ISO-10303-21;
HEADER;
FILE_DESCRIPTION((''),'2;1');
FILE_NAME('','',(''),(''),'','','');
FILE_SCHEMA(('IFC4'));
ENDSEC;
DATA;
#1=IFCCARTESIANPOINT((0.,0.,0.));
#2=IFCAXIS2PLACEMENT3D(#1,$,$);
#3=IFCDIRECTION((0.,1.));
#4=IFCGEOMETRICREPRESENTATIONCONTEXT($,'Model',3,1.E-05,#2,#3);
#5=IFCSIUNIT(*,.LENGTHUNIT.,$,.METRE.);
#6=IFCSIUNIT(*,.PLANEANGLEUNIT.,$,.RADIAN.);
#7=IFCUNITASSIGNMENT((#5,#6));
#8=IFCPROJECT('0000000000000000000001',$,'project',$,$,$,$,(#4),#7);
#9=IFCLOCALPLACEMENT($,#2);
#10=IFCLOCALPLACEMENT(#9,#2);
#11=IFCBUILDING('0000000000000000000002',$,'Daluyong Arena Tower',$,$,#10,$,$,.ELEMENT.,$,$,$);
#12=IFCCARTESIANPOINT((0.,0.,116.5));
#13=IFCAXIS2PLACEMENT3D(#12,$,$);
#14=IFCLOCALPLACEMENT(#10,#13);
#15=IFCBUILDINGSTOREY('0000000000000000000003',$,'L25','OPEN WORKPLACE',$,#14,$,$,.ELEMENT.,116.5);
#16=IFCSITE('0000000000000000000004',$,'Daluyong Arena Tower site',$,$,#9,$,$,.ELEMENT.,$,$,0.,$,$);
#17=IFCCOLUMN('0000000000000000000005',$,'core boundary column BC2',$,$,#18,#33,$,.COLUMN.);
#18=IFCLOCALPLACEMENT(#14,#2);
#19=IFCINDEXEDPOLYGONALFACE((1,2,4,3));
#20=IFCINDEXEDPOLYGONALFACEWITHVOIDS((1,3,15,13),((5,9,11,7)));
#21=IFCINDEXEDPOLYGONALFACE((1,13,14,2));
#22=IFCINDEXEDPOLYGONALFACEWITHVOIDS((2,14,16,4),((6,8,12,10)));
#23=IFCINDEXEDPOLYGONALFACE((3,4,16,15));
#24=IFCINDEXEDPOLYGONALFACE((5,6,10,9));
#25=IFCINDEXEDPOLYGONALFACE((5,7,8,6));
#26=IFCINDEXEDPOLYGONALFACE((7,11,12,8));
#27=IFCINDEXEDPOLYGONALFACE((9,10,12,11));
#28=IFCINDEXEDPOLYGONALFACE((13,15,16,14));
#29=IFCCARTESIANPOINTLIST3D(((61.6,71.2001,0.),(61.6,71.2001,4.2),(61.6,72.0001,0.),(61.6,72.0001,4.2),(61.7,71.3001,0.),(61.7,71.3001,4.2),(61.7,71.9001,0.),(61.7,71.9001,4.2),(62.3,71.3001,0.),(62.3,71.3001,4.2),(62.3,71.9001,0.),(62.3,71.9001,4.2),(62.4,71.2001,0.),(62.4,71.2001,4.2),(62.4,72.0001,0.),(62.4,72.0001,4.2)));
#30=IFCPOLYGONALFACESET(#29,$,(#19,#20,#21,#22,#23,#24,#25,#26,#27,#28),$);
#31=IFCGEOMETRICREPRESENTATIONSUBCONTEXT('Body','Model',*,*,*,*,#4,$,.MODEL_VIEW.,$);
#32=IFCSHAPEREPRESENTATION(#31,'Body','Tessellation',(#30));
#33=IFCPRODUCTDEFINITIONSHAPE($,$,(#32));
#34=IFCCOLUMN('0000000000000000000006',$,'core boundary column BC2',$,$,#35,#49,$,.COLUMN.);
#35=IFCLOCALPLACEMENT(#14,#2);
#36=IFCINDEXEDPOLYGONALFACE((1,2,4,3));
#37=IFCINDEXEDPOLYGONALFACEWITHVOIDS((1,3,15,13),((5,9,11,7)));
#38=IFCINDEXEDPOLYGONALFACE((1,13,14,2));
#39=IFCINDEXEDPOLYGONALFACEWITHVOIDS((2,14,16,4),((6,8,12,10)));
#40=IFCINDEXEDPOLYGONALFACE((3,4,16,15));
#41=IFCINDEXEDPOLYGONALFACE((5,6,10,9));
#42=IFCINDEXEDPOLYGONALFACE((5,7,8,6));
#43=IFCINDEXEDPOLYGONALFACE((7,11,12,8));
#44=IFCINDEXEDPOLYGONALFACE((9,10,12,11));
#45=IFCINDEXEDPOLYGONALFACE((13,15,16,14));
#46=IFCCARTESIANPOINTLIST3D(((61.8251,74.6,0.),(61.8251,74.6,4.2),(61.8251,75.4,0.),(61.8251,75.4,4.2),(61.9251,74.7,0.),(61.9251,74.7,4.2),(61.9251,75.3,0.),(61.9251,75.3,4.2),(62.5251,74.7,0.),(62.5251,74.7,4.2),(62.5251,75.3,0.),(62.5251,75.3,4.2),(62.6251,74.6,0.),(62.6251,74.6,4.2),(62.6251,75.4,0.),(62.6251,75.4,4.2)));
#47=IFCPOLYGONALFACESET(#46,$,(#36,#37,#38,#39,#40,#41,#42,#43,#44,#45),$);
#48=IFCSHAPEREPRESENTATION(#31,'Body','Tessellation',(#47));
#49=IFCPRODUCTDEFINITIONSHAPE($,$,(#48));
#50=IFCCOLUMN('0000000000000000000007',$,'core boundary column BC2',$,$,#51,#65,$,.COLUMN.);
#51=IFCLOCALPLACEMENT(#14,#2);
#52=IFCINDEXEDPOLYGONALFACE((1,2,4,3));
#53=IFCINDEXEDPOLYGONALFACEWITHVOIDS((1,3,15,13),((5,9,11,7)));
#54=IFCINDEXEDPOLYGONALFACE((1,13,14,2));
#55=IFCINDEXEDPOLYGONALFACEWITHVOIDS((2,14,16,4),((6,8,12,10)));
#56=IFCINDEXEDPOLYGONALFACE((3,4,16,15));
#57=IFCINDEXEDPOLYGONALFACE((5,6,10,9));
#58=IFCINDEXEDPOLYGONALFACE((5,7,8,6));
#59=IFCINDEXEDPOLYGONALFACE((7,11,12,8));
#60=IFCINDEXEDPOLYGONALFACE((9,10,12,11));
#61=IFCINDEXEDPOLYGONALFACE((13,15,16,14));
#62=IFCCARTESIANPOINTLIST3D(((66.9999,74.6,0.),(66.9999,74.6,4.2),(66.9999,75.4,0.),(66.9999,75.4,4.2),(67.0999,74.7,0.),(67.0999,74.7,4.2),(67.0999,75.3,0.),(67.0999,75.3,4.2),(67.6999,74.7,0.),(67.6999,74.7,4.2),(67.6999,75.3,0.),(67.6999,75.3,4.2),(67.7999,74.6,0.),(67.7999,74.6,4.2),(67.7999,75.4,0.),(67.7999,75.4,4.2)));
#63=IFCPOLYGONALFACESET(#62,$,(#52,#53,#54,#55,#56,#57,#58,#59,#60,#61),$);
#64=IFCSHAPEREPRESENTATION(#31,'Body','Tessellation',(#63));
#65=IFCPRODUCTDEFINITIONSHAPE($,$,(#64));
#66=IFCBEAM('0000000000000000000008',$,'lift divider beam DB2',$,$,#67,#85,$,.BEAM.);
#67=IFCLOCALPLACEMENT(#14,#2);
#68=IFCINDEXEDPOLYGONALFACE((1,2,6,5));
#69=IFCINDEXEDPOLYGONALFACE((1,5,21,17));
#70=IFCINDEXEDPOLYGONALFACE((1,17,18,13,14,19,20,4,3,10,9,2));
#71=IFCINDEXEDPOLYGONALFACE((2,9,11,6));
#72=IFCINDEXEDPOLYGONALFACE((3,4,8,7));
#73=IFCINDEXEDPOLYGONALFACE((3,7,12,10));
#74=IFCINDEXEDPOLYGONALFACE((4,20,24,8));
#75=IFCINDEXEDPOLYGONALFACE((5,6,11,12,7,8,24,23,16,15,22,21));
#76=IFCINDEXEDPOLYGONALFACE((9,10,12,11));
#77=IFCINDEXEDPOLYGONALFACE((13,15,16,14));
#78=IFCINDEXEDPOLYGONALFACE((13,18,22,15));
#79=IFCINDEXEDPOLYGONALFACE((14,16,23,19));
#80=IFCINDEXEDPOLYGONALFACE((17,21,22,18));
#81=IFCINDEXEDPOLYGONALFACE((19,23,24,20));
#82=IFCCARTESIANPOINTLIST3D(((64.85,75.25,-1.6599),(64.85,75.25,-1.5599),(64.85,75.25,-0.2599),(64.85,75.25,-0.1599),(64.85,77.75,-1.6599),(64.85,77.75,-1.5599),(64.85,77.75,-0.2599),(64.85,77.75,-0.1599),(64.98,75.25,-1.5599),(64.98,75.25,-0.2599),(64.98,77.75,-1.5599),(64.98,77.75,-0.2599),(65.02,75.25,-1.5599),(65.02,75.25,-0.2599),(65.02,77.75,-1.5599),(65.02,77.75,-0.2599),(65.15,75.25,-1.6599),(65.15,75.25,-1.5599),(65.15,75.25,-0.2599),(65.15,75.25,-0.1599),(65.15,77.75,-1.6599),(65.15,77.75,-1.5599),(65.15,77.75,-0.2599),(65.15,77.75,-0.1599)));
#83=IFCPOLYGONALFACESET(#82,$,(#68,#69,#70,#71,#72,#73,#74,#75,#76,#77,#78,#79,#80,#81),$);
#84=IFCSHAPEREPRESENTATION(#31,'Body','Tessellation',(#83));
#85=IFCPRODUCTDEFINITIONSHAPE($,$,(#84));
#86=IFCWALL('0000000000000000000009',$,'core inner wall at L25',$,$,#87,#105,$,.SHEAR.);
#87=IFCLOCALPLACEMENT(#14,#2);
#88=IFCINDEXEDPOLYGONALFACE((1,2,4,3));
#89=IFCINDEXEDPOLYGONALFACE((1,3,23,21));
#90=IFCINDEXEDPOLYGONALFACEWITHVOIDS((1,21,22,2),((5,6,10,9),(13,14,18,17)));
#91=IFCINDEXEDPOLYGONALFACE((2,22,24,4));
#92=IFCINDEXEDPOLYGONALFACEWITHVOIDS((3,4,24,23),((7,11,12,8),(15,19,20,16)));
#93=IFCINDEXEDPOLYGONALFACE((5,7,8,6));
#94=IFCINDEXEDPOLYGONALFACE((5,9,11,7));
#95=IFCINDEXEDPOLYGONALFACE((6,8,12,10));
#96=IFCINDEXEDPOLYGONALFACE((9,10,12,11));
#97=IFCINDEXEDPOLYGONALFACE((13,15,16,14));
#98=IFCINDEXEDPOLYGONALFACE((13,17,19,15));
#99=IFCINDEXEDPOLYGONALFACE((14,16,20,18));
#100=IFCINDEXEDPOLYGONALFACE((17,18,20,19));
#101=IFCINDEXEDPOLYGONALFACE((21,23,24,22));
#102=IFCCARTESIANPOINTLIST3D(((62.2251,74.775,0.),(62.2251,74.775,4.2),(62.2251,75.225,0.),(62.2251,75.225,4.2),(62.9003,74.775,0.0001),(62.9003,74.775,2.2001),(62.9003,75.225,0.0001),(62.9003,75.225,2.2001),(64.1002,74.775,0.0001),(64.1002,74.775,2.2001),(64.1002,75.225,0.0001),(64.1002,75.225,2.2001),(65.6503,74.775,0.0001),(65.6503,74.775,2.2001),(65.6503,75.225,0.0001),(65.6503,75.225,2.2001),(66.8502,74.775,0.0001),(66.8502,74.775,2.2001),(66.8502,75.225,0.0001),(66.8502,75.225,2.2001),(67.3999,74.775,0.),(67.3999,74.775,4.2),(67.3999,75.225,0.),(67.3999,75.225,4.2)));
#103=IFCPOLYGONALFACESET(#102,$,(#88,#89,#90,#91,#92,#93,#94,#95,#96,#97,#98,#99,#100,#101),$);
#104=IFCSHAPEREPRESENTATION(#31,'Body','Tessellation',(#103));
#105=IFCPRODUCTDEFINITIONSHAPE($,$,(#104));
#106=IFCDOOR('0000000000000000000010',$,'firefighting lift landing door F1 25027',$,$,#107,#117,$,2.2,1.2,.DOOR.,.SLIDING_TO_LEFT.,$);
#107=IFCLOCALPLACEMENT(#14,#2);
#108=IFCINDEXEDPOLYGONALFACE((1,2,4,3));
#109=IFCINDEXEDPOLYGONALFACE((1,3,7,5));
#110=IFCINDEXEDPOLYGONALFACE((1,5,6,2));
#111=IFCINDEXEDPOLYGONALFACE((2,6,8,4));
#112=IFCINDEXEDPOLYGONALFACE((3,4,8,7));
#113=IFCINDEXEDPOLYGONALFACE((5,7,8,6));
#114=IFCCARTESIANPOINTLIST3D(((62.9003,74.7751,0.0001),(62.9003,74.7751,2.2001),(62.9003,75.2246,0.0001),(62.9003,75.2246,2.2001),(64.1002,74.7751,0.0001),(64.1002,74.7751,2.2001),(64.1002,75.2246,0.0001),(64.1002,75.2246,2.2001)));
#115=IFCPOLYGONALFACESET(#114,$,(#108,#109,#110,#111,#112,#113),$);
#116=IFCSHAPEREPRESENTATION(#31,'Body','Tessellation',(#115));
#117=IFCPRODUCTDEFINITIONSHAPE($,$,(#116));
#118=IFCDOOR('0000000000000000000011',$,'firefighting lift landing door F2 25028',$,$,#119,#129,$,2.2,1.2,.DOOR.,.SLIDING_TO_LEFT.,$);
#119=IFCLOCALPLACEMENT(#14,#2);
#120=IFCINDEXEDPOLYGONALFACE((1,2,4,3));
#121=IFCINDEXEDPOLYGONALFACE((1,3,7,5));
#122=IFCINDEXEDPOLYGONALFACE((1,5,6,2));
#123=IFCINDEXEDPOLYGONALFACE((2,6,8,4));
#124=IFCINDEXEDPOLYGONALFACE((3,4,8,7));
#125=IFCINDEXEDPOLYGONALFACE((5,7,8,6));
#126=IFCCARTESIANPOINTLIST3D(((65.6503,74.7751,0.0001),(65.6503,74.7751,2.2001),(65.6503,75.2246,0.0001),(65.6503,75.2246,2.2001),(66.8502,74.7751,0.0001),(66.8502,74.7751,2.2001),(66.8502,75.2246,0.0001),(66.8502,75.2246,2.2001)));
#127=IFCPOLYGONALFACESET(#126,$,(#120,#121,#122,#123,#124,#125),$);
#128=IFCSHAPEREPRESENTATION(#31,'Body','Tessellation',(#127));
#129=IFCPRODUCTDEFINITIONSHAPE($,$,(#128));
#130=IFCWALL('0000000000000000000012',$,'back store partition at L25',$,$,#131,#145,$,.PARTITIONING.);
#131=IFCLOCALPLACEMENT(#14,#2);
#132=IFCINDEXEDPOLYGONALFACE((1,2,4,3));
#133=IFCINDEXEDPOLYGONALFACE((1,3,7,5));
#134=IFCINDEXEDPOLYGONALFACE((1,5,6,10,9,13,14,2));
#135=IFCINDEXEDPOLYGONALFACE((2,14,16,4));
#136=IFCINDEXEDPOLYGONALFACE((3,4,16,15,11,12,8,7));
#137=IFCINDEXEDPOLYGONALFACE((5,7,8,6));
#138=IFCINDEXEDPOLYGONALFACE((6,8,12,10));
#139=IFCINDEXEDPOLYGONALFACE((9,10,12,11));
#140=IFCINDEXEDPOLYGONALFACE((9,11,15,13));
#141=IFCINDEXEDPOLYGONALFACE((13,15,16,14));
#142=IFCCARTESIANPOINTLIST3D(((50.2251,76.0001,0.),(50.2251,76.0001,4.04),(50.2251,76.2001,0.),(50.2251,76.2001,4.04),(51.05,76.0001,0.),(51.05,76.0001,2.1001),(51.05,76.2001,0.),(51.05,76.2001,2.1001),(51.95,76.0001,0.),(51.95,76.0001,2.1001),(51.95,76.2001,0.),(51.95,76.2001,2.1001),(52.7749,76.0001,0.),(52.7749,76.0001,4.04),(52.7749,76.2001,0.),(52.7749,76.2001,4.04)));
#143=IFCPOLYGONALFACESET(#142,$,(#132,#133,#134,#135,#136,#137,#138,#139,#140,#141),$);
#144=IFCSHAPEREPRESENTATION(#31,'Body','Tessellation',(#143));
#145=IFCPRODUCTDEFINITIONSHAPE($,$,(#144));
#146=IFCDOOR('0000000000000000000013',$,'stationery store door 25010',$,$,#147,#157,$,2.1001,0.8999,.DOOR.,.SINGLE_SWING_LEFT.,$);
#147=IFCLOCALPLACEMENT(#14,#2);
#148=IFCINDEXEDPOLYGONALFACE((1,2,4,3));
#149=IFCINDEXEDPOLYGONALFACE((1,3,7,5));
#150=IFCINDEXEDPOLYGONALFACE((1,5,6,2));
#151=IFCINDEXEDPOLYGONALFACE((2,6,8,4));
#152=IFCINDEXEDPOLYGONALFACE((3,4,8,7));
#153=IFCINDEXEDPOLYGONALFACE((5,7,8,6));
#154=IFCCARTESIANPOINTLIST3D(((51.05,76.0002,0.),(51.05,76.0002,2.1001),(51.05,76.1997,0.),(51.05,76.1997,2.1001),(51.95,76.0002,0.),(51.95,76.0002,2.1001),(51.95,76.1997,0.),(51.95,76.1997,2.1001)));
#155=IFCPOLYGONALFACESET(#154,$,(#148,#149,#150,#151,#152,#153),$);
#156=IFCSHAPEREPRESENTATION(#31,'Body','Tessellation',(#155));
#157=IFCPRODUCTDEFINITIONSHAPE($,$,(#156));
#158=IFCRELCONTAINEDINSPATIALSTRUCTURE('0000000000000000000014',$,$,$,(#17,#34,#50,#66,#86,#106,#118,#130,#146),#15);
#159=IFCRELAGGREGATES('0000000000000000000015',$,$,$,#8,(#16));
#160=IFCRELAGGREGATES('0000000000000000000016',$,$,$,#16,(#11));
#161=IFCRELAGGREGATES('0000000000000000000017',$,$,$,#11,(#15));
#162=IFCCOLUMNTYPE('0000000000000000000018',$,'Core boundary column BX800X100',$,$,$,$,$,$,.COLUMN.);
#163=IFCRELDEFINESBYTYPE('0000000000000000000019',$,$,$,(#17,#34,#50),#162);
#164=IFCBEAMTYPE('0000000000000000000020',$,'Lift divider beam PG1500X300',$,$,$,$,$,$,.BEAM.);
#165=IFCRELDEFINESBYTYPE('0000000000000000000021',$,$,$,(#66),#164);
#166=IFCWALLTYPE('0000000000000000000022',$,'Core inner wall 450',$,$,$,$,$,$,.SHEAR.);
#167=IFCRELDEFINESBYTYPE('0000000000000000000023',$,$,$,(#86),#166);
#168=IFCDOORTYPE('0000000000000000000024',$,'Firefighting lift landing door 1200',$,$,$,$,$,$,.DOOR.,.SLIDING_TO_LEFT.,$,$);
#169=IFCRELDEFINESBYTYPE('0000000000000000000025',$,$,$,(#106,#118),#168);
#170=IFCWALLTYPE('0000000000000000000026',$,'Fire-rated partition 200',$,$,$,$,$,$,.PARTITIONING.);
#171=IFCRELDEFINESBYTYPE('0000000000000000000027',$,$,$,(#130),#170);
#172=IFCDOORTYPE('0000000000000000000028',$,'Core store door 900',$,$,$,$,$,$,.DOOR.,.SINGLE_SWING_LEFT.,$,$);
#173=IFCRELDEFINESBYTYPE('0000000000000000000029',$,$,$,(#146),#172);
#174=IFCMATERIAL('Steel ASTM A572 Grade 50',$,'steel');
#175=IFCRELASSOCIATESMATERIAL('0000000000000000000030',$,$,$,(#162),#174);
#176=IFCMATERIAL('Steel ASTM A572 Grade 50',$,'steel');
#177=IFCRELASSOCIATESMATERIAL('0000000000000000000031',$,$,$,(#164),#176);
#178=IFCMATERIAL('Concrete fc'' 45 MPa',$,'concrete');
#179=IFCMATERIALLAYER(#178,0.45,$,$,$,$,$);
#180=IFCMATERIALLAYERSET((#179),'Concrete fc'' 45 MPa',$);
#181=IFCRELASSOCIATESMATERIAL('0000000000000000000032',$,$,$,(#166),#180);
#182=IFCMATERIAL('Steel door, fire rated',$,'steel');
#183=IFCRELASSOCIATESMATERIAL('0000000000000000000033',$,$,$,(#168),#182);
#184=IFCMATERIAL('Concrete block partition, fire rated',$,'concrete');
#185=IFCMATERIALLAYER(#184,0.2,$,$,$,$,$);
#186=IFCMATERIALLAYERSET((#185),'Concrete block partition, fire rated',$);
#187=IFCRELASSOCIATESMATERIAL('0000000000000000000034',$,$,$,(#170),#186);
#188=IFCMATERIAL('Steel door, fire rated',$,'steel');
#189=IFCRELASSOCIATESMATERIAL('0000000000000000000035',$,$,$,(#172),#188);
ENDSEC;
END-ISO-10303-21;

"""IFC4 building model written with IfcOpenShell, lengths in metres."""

from ifc_helpers import new_model, si_unit, direction, frame, frame_2d, origin, origin_2d, place, context, subcontext, project, spatial, rectangle, hollow_rectangle, i_section, extrude, material, layer, layer_set, material_profile, profile_set, type_object, element, fill, save


model = new_model("IFC4")

# Units and contexts
model_context = context("Model", 3, precision=1e-05, world=origin(), true_north=direction((0.0, 1.0)))
body_context = subcontext(model_context, "Body", "Model", "MODEL_VIEW")
ifc_project = project(units=[si_unit("LENGTHUNIT", "METRE"), si_unit("PLANEANGLEUNIT", "RADIAN")], contexts=[model_context])

# Site, building, storey
site_placement = place(None, origin())
site = spatial("IfcSite", under=ifc_project, at=site_placement, Name="Daluyong Arena Tower site", CompositionType="ELEMENT", RefElevation=0.0)
building_placement = place(site_placement, origin())
building = spatial("IfcBuilding", under=site, at=building_placement, Name="Daluyong Arena Tower", CompositionType="ELEMENT")
storey_placement = place(building_placement, frame((0.0, 0.0, 116.5)))
storey = spatial("IfcBuildingStorey", under=building, at=storey_placement, Name="L25", Description="OPEN WORKPLACE", CompositionType="ELEMENT", Elevation=116.5)

# Columns
ifc_material_1 = material(Name="Steel ASTM A572 Grade 50", Category="steel")
ifc_material_profile_1 = material_profile(ifc_material_1, hollow_rectangle(XDim=0.8, YDim=0.8, WallThickness=0.1, at=origin_2d()))
ifc_profile_set_1 = profile_set([ifc_material_profile_1], Name="Steel ASTM A572 Grade 50")
column_type = type_object("IfcColumnType", Name="Core boundary column BX800X100", PredefinedType="COLUMN", material=ifc_profile_set_1)
for number, where, z_axis, x_axis, name in (
    (1, (62.0, 71.6001, 0.0), (0.0, 0.0, 1.0), (1.0, 0.0, 0.0), "core boundary column BC2"),
    (2, (62.2251, 75.0, 0.0), (0.0, 0.0, 1.0), (1.0, 0.0, 0.0), "core boundary column BC2"),
    (3, (67.3999, 75.0, 0.0), (0.0, 0.0, 1.0), (1.0, 0.0, 0.0), "core boundary column BC2"),
):
    element("IfcColumn", number, at=place(storey_placement, frame(where, z_axis=z_axis, x_axis=x_axis)), inside=storey, type_object=column_type, Name=name, PredefinedType="COLUMN", context=body_context, shape_type="SweptSolid", body=[
        extrude(hollow_rectangle(XDim=0.8, YDim=0.8, WallThickness=0.1, at=origin_2d()), origin(), (0.0, 0.0, 1.0), 4.2),
    ])

# Beam
ifc_material_2 = material(Name="Steel ASTM A572 Grade 50", Category="steel")
ifc_material_profile_2 = material_profile(ifc_material_2, i_section(OverallWidth=0.3, OverallDepth=1.5, WebThickness=0.04, FlangeThickness=0.1, at=origin_2d()))
ifc_profile_set_2 = profile_set([ifc_material_profile_2], Name="Steel ASTM A572 Grade 50")
beam_type = type_object("IfcBeamType", Name="Lift divider beam PG1500X300", PredefinedType="BEAM", material=ifc_profile_set_2)
beam_placement = place(storey_placement, frame((65.0, 75.25, -0.9099), z_axis=(0.0, 1.0, 0.0), x_axis=(-1.0, 0.0, 0.0)))
element("IfcBeam", 4, at=beam_placement, inside=storey, type_object=beam_type, Name="lift divider beam DB2", PredefinedType="BEAM", context=body_context, shape_type="SweptSolid", body=[
    extrude(i_section(OverallWidth=0.3, OverallDepth=1.5, WebThickness=0.04, FlangeThickness=0.1, at=origin_2d()), origin(), (0.0, 0.0, 1.0), 2.5),
])

# Shared definitions
ifc_material_3 = material(Name="Concrete fc' 45 MPa", Category="concrete")
ifc_layer_1 = layer(ifc_material_3, 0.45)
ifc_layer_set_1 = layer_set([ifc_layer_1], Name="Concrete fc' 45 MPa")
wall_type_1 = type_object("IfcWallType", Name="Core inner wall 450", PredefinedType="SHEAR", material=ifc_layer_set_1)

# Wall, openings, doors
wall_1_placement = place(storey_placement, frame((62.2251, 75.0, 0.0), z_axis=(0.0, 0.0, 1.0), x_axis=(1.0, 0.0, 0.0)))
wall_1 = element("IfcWall", 5, at=wall_1_placement, inside=storey, type_object=wall_type_1, Name="core inner wall at L25", PredefinedType="SHEAR", context=body_context, shape_type="SweptSolid", body=[
    extrude(rectangle(XDim=5.1748, YDim=0.45, at=frame_2d((2.5874, 0.0))), origin(), (0.0, 0.0, 1.0), 4.2),
])
opening_1_placement = place(wall_1_placement, frame((0.675, 0.0, 0.0)))
opening_1 = element("IfcOpeningElement", 6, at=opening_1_placement, cuts=wall_1, PredefinedType="OPENING", context=body_context, shape_type="SweptSolid", body=[
    extrude(rectangle(XDim=1.2, YDim=2.2, at=frame_2d((0.6001, 1.1001))), frame((0.0, 0.2349, 0.0), z_axis=(0.0, -1.0, 0.0), x_axis=(1.0, 0.0, 0.0)), (0.0, 0.0, 1.0), 0.47),
])
opening_2_placement = place(wall_1_placement, frame((3.425, 0.0, 0.0)))
opening_2 = element("IfcOpeningElement", 7, at=opening_2_placement, cuts=wall_1, PredefinedType="OPENING", context=body_context, shape_type="SweptSolid", body=[
    extrude(rectangle(XDim=1.2, YDim=2.2, at=frame_2d((0.6001, 1.1001))), frame((0.0, 0.2349, 0.0), z_axis=(0.0, -1.0, 0.0), x_axis=(1.0, 0.0, 0.0)), (0.0, 0.0, 1.0), 0.47),
])
ifc_material_4 = material(Name="Steel door, fire rated", Category="steel")
door_type_1 = type_object("IfcDoorType", Name="Firefighting lift landing door 1200", OperationType="SLIDING_TO_LEFT", PredefinedType="DOOR", material=ifc_material_4)
door_1_placement = place(opening_1_placement, origin())
door_1 = element("IfcDoor", 8, at=door_1_placement, inside=storey, type_object=door_type_1, Name="firefighting lift landing door F1 25027", OperationType="SLIDING_TO_LEFT", OverallHeight=2.2, OverallWidth=1.2, PredefinedType="DOOR", context=body_context, shape_type="SweptSolid", body=[
    extrude(rectangle(XDim=1.2, YDim=2.2, at=frame_2d((0.6001, 1.1001))), frame((0.0, 0.2246, 0.0), z_axis=(0.0, -1.0, 0.0), x_axis=(1.0, 0.0, 0.0)), (0.0, 0.0, 1.0), 0.4495),
])
fill(opening_1, door_1)
door_2_placement = place(opening_2_placement, origin())
door_2 = element("IfcDoor", 9, at=door_2_placement, inside=storey, type_object=door_type_1, Name="firefighting lift landing door F2 25028", OperationType="SLIDING_TO_LEFT", OverallHeight=2.2, OverallWidth=1.2, PredefinedType="DOOR", context=body_context, shape_type="SweptSolid", body=[
    extrude(rectangle(XDim=1.2, YDim=2.2, at=frame_2d((0.6001, 1.1001))), frame((0.0, 0.2246, 0.0), z_axis=(0.0, -1.0, 0.0), x_axis=(1.0, 0.0, 0.0)), (0.0, 0.0, 1.0), 0.4495),
])
fill(opening_2, door_2)

# Wall, opening, door
ifc_material_5 = material(Name="Concrete block partition, fire rated", Category="concrete")
ifc_layer_2 = layer(ifc_material_5, 0.2)
ifc_layer_set_2 = layer_set([ifc_layer_2], Name="Concrete block partition, fire rated")
wall_type_2 = type_object("IfcWallType", Name="Fire-rated partition 200", PredefinedType="PARTITIONING", material=ifc_layer_set_2)
wall_2_placement = place(storey_placement, frame((50.2251, 76.1001, 0.0), z_axis=(0.0, 0.0, 1.0), x_axis=(1.0, 0.0, 0.0)))
wall_2 = element("IfcWall", 10, at=wall_2_placement, inside=storey, type_object=wall_type_2, Name="back store partition at L25", PredefinedType="PARTITIONING", context=body_context, shape_type="SweptSolid", body=[
    extrude(rectangle(XDim=2.5498, YDim=0.2, at=frame_2d((1.2749, 0.0))), origin(), (0.0, 0.0, 1.0), 4.04),
])
opening_3_placement = place(wall_2_placement, frame((0.825, 0.0, 0.0)))
opening_3 = element("IfcOpeningElement", 11, at=opening_3_placement, cuts=wall_2, PredefinedType="OPENING", context=body_context, shape_type="SweptSolid", body=[
    extrude(rectangle(XDim=0.8999, YDim=2.1001, at=frame_2d((0.45, 1.05))), frame((0.0, 0.1099, 0.0), z_axis=(0.0, -1.0, 0.0), x_axis=(1.0, 0.0, 0.0)), (0.0, 0.0, 1.0), 0.22),
])
ifc_material_6 = material(Name="Steel door, fire rated", Category="steel")
door_type_2 = type_object("IfcDoorType", Name="Core store door 900", OperationType="SINGLE_SWING_LEFT", PredefinedType="DOOR", material=ifc_material_6)
door_3_placement = place(opening_3_placement, origin())
door_3 = element("IfcDoor", 12, at=door_3_placement, inside=storey, type_object=door_type_2, Name="stationery store door 25010", OperationType="SINGLE_SWING_LEFT", OverallHeight=2.1001, OverallWidth=0.8999, PredefinedType="DOOR", context=body_context, shape_type="SweptSolid", body=[
    extrude(rectangle(XDim=0.8999, YDim=2.1001, at=frame_2d((0.45, 1.05))), frame((0.0, 0.0996, 0.0), z_axis=(0.0, -1.0, 0.0), x_axis=(1.0, 0.0, 0.0)), (0.0, 0.0, 1.0), 0.1995),
])
fill(opening_3, door_3)

save(model, "model.ifc")
